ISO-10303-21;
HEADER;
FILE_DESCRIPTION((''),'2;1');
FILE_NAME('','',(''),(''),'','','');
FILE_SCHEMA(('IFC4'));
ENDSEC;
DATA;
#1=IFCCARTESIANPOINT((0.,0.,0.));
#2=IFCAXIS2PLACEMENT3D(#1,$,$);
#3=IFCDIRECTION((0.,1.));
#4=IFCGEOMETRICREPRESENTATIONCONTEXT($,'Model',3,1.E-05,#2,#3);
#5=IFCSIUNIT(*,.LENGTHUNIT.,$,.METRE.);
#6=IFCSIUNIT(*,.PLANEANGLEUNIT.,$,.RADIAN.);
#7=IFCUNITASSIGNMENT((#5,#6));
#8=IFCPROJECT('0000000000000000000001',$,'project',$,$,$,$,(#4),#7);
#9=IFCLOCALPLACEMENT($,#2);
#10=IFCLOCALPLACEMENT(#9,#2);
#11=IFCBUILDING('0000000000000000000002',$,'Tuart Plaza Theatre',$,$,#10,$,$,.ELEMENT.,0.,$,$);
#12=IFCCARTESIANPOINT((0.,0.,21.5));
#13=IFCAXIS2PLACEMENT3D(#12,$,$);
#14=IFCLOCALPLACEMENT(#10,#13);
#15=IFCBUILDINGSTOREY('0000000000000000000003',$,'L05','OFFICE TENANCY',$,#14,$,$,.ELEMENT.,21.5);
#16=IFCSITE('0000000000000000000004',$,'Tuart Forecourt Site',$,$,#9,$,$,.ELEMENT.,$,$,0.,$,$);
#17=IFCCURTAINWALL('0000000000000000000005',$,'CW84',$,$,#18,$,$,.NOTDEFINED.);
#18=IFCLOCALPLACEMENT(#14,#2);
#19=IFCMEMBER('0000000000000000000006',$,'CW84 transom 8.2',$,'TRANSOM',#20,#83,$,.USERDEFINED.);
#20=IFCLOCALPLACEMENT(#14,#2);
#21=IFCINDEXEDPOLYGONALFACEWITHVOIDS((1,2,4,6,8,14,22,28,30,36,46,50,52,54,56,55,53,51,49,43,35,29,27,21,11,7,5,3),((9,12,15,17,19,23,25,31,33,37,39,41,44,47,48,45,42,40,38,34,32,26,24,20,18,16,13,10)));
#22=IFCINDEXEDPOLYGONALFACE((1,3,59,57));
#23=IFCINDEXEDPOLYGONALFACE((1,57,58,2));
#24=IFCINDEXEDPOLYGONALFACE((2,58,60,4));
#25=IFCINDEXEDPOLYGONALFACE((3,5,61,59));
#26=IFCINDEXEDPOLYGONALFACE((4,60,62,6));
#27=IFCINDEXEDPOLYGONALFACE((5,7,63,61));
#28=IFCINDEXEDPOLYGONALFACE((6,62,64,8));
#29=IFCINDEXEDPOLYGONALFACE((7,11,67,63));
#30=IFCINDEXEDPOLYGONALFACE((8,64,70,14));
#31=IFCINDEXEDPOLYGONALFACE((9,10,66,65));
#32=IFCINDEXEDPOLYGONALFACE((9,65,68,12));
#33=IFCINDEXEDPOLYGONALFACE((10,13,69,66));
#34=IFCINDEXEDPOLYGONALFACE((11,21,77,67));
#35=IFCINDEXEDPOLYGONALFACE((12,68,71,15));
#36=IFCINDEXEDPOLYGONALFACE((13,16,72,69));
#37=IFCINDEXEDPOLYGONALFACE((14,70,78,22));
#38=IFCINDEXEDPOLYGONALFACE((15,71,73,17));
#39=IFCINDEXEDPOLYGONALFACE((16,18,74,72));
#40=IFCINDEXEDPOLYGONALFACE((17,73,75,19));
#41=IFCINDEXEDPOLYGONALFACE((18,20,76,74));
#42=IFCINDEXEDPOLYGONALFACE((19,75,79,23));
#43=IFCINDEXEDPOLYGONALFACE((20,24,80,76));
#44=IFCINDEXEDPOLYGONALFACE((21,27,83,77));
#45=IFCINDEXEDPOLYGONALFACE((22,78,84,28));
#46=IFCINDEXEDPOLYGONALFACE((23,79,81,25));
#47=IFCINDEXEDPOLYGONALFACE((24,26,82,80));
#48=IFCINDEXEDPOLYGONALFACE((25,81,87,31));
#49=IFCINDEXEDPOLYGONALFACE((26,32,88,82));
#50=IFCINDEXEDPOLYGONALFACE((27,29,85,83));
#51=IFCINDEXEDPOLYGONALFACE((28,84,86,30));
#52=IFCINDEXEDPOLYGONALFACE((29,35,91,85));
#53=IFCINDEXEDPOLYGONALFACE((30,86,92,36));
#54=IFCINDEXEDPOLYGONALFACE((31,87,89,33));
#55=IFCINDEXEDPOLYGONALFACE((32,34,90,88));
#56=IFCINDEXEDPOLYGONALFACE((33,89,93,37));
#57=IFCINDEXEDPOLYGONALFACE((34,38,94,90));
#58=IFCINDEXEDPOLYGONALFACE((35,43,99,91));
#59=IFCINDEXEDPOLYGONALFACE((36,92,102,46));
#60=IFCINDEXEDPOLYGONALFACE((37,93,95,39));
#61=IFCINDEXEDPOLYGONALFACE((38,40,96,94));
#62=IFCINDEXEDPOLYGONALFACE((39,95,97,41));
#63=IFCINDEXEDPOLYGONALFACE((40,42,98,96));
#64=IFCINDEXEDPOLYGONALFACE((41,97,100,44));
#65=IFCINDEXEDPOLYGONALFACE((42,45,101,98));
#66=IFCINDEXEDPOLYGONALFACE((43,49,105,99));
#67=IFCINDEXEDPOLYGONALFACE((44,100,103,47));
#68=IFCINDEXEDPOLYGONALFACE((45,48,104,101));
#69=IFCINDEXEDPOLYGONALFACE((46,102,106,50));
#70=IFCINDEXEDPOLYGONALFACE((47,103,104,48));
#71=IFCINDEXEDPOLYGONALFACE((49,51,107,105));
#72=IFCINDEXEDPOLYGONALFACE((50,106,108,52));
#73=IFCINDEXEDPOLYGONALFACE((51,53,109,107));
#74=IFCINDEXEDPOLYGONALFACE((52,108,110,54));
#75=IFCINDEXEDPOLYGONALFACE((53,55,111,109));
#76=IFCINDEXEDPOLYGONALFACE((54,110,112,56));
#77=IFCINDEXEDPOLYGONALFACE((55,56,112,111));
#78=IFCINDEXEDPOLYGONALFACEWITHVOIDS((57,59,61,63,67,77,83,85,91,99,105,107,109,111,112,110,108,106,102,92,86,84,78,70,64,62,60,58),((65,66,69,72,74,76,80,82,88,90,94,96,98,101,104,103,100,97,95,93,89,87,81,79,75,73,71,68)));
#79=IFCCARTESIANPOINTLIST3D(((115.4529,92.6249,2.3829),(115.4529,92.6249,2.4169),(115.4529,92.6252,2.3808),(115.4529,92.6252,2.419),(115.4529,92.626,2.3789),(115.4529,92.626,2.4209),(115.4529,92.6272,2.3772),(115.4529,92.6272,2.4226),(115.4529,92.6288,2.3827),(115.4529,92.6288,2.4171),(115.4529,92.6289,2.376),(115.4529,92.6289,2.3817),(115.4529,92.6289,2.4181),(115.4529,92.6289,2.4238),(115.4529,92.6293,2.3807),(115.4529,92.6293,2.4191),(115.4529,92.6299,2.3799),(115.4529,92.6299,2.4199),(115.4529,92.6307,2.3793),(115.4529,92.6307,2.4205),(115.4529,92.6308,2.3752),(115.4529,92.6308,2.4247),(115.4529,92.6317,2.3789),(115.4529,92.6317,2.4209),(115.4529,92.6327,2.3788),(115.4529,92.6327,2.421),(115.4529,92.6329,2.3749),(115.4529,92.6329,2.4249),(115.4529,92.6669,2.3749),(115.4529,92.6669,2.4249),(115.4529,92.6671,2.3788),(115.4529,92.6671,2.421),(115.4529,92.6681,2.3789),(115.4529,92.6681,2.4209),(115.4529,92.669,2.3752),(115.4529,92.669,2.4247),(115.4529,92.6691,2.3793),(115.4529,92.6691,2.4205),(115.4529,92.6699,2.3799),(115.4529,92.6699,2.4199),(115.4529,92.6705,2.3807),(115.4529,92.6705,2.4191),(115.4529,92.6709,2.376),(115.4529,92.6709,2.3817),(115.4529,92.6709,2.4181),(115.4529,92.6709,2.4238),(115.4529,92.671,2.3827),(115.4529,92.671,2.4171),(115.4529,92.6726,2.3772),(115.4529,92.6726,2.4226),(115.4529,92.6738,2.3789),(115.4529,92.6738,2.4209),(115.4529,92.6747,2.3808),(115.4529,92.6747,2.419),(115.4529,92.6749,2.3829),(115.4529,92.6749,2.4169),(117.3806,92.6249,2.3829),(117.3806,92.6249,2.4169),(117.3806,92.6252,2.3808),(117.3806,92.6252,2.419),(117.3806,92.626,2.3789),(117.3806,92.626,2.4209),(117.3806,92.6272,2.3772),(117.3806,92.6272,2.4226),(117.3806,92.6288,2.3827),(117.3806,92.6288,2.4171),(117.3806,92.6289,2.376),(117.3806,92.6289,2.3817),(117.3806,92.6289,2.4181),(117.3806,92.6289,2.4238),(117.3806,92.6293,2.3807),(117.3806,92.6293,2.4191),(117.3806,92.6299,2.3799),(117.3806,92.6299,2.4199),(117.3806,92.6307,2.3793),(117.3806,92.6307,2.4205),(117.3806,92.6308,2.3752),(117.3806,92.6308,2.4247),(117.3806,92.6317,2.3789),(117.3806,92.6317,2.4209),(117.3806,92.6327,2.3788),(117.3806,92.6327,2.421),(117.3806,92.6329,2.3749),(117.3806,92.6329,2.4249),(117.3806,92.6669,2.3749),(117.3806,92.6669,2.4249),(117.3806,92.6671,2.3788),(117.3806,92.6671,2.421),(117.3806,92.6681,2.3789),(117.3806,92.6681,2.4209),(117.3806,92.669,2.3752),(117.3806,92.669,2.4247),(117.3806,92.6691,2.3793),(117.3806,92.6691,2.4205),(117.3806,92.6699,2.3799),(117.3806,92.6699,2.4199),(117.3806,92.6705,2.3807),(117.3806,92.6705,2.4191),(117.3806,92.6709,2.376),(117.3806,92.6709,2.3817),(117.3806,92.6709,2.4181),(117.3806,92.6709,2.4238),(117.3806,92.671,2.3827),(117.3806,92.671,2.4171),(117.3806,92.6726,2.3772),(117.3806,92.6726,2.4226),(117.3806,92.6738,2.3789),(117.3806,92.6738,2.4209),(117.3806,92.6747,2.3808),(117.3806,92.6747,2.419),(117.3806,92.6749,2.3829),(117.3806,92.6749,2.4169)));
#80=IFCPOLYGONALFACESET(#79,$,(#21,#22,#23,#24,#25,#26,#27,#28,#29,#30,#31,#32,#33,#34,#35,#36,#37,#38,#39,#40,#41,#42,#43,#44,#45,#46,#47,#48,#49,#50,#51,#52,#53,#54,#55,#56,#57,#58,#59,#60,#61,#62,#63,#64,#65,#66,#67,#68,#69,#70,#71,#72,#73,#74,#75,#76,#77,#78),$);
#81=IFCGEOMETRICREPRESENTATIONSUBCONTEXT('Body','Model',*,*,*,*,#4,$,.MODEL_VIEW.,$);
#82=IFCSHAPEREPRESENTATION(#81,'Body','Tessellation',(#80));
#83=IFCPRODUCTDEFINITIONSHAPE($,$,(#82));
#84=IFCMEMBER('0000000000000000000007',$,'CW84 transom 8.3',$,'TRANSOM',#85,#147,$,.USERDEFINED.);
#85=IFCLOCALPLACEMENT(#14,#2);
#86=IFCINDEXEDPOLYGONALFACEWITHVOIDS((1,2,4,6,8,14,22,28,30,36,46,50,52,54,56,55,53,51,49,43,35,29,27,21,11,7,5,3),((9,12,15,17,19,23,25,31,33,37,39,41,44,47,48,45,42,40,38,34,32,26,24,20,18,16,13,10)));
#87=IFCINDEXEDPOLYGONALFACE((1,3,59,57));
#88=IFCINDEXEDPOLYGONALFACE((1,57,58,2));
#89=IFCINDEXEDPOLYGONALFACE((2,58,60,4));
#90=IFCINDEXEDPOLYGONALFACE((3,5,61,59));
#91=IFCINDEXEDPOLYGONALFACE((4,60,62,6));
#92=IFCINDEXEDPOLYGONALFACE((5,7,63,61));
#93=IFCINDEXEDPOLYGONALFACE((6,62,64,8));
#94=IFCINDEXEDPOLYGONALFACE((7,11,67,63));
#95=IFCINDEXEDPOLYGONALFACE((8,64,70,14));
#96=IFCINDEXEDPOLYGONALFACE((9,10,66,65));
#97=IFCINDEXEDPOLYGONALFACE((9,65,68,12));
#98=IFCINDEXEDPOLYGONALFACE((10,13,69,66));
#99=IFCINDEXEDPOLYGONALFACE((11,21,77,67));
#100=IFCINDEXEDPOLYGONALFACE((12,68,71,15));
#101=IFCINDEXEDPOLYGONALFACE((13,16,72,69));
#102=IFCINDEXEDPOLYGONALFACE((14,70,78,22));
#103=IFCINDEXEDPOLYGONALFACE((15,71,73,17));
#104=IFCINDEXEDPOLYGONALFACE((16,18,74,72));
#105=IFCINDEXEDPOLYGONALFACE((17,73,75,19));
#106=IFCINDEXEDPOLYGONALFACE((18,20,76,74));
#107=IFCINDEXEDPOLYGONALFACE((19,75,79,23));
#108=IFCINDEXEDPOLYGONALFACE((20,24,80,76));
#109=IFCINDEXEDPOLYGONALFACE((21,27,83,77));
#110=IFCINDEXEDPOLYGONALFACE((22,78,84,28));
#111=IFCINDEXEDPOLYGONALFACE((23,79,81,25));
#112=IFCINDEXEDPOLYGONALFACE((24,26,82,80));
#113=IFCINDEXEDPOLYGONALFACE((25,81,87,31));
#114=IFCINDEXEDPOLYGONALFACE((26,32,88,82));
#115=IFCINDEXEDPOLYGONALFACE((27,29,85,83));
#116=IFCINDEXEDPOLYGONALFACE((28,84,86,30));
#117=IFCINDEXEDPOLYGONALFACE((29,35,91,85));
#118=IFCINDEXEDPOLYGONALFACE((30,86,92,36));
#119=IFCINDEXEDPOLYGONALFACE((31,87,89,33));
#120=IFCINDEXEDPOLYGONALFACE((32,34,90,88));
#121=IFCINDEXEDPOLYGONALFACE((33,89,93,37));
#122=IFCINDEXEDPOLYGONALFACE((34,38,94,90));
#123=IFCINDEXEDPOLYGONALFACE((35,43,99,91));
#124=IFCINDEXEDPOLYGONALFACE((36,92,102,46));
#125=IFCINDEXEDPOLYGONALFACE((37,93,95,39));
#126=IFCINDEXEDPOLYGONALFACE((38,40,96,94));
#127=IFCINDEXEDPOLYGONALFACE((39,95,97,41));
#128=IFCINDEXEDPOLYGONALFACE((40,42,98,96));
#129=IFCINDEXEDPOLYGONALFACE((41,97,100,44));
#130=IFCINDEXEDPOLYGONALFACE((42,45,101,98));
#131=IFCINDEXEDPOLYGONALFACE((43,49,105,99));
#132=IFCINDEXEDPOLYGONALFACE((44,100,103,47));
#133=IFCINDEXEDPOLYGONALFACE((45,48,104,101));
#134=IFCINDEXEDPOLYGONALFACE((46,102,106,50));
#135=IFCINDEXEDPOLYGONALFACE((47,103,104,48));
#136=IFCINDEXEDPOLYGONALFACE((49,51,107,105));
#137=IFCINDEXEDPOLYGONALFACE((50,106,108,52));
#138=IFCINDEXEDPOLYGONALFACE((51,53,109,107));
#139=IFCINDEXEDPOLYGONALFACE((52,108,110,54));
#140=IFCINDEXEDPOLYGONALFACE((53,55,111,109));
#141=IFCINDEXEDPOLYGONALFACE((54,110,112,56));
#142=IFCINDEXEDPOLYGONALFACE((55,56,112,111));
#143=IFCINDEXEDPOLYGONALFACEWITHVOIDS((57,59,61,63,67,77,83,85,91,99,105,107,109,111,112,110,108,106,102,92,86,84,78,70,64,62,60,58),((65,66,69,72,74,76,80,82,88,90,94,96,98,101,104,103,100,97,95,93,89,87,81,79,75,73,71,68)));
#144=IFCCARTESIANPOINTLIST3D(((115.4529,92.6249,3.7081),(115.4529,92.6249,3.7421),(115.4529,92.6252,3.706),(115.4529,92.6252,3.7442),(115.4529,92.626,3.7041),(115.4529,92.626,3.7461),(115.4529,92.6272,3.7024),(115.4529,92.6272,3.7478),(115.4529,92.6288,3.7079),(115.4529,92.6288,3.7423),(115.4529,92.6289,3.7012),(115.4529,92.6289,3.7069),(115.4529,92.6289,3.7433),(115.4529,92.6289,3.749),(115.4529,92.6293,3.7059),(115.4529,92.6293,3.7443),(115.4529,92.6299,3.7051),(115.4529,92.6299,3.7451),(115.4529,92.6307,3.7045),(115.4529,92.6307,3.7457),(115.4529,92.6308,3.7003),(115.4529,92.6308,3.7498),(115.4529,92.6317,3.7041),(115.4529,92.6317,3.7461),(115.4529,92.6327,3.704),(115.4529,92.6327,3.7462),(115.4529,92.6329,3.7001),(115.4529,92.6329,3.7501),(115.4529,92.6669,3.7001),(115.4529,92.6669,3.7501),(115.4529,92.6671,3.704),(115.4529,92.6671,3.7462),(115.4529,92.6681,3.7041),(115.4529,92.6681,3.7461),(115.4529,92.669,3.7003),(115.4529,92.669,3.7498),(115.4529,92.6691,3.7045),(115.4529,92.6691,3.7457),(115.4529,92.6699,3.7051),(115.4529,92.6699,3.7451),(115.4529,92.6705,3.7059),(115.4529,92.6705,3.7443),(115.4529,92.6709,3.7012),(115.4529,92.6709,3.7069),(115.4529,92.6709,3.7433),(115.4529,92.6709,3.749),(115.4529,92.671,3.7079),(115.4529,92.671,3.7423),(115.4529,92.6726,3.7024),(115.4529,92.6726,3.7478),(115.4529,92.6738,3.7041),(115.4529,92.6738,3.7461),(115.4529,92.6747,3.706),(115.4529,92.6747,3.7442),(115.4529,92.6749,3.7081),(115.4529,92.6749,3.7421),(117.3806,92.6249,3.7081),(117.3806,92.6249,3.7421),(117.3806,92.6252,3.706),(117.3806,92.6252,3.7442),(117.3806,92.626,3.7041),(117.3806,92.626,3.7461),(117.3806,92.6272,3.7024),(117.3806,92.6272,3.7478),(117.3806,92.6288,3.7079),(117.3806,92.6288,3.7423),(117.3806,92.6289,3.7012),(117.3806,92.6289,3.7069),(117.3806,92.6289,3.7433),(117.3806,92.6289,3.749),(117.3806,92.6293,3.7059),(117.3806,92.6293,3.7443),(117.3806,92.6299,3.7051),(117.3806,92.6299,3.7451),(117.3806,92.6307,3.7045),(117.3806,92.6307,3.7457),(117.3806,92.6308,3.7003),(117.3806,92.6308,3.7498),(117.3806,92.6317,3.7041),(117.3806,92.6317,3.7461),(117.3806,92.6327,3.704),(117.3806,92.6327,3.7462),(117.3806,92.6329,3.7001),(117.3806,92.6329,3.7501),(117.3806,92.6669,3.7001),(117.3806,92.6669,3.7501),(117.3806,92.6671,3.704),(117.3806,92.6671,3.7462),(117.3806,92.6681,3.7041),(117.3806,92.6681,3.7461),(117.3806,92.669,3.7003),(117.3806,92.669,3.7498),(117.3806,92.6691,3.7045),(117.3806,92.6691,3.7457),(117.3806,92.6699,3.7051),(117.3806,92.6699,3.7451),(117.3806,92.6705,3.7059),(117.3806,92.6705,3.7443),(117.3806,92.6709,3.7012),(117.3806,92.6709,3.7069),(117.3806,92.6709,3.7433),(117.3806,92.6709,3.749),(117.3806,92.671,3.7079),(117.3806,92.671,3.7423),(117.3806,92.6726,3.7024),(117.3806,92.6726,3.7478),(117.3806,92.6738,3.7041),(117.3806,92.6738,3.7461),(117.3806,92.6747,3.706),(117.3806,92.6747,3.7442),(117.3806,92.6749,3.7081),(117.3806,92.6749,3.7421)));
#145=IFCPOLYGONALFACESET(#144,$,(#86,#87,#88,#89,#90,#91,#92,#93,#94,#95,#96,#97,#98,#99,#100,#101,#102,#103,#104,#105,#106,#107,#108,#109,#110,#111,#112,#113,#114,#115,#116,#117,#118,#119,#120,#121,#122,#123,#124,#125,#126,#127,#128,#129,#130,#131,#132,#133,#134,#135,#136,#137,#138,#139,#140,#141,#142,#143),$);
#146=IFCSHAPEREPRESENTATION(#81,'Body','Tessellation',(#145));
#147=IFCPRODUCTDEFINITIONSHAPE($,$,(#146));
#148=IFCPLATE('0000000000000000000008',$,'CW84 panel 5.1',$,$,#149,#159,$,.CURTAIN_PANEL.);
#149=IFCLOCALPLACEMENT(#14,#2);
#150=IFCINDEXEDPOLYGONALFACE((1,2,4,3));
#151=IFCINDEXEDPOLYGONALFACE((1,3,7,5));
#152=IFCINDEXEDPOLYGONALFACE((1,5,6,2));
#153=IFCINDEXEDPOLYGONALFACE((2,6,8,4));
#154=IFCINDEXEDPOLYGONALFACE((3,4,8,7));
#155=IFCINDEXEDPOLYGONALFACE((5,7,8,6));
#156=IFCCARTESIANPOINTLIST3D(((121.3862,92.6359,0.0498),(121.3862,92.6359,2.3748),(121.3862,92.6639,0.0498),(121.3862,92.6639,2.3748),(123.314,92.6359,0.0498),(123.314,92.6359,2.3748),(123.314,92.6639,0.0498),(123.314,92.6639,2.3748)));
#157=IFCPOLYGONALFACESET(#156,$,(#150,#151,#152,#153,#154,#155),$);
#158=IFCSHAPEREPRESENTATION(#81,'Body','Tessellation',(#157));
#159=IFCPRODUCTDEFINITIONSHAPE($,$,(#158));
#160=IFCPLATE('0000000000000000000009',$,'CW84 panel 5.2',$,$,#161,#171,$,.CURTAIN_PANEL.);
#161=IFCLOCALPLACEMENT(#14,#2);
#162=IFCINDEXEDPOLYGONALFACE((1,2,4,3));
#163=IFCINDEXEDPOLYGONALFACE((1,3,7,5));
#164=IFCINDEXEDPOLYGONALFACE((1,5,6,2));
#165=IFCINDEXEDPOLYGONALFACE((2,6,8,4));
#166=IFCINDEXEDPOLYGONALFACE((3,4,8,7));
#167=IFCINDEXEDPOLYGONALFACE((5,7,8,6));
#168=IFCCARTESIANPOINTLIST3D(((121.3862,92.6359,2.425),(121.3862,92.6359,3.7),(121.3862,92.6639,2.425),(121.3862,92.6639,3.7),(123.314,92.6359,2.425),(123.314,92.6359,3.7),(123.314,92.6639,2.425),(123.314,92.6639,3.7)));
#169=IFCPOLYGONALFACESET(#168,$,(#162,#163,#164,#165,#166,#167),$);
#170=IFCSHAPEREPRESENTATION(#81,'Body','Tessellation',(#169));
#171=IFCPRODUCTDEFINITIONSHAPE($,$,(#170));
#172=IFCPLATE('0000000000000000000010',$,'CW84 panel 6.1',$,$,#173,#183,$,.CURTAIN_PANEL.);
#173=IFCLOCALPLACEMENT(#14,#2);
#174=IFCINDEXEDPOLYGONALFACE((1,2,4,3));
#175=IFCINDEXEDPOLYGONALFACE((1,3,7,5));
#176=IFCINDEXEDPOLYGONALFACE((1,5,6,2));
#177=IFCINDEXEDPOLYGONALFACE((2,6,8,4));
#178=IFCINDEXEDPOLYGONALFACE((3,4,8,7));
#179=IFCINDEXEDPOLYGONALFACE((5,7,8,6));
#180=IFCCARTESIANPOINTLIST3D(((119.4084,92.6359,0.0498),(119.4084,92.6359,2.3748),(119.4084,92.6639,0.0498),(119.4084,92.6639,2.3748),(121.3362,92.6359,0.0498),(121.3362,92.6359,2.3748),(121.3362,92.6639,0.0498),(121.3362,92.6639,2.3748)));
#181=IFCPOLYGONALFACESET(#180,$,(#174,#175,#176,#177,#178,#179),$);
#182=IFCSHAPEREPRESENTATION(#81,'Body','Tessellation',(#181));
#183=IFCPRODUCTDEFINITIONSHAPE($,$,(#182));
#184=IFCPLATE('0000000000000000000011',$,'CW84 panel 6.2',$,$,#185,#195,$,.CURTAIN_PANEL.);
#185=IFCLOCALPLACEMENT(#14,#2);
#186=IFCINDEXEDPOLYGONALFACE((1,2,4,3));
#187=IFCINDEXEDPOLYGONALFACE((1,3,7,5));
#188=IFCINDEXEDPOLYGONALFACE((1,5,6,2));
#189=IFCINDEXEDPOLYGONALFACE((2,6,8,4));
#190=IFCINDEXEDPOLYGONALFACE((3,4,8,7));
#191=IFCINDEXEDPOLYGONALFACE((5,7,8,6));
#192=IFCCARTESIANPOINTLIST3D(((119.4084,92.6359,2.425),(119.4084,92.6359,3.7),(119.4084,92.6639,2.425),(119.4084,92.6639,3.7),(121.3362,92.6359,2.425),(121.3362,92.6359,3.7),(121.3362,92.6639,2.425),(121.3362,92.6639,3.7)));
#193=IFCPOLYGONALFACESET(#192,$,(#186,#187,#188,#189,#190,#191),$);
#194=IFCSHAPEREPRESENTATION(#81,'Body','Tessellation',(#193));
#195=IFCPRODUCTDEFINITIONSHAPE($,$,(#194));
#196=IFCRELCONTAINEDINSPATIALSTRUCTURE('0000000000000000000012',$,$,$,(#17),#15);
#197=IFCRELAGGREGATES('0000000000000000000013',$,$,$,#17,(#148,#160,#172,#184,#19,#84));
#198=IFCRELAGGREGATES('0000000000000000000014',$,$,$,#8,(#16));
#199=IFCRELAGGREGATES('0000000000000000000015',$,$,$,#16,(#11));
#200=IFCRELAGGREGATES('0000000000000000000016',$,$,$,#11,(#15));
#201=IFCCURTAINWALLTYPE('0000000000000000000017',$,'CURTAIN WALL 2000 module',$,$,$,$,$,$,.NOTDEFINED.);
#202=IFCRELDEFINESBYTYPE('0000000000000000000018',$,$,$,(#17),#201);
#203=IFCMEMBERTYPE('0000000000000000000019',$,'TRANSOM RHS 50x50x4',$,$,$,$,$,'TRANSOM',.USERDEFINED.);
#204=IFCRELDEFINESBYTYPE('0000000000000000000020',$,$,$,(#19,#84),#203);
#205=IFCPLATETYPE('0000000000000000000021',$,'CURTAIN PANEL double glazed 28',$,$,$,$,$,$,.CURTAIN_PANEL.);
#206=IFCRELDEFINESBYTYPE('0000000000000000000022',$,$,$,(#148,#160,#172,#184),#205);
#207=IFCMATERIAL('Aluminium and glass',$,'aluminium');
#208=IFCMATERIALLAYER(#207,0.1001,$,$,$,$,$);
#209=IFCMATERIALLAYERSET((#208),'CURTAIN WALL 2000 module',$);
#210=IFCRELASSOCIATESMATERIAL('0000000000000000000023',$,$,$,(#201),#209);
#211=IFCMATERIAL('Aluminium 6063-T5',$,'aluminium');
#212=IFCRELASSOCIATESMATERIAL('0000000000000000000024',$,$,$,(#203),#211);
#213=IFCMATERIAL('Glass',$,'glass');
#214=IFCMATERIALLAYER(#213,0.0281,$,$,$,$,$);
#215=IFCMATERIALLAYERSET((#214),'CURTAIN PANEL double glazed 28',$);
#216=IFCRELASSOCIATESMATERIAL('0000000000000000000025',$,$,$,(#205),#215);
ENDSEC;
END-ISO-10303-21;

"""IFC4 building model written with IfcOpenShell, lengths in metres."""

from ifc_helpers import new_model, si_unit, direction, frame, origin, origin_2d, place, context, subcontext, project, spatial, rectangle, hollow_rectangle, extrude, material, layer, layer_set, material_profile, profile_set, type_object, element, aggregate, save


model = new_model("IFC4")

# Units and contexts
model_context = context("Model", 3, precision=1e-05, world=origin(), true_north=direction((0.0, 1.0)))
body_context = subcontext(model_context, "Body", "Model", "MODEL_VIEW")
ifc_project = project(units=[si_unit("LENGTHUNIT", "METRE"), si_unit("PLANEANGLEUNIT", "RADIAN")], contexts=[model_context])

# Site, building, storey
site_placement = place(None, origin())
site = spatial("IfcSite", under=ifc_project, at=site_placement, Name="Tuart Forecourt Site", CompositionType="ELEMENT", RefElevation=0.0)
building_placement = place(site_placement, origin())
building = spatial("IfcBuilding", under=site, at=building_placement, Name="Tuart Plaza Theatre", CompositionType="ELEMENT", ElevationOfRefHeight=0.0)
storey_placement = place(building_placement, frame((0.0, 0.0, 21.5)))
storey = spatial("IfcBuildingStorey", under=building, at=storey_placement, Name="L05", Description="OFFICE TENANCY", CompositionType="ELEMENT", Elevation=21.5)

# Curtain wall, members, plates
ifc_material_1 = material(Name="Aluminium and glass", Category="aluminium")
ifc_layer_1 = layer(ifc_material_1, 0.1001)
ifc_layer_set_1 = layer_set([ifc_layer_1], Name="CURTAIN WALL 2000 module")
curtain_wall_type = type_object("IfcCurtainWallType", Name="CURTAIN WALL 2000 module", PredefinedType="NOTDEFINED", material=ifc_layer_set_1)
curtain_wall_placement = place(storey_placement, origin())
curtain_wall = element("IfcCurtainWall", 1, at=curtain_wall_placement, inside=storey, type_object=curtain_wall_type, Name="CW84", PredefinedType="NOTDEFINED")
ifc_material_2 = material(Name="Aluminium 6063-T5", Category="aluminium")
ifc_material_profile_1 = material_profile(ifc_material_2, hollow_rectangle(XDim=0.05, YDim=0.05, WallThickness=0.0039, InnerFilletRadius=0.0039, OuterFilletRadius=0.0081, at=origin_2d()), Name="RHS 50x50x4")
ifc_profile_set_1 = profile_set([ifc_material_profile_1], Name="Aluminium 6063-T5")
member_type_1 = type_object("IfcMemberType", Name="TRANSOM RHS 50x50x4", ElementType="TRANSOM", PredefinedType="USERDEFINED", material=ifc_profile_set_1)
member_1_placement = place(storey_placement, frame((117.3806, 92.6499, 2.3999), z_axis=(-1.0, 0.0, 0.0), x_axis=(0.0, -1.0, 0.0)))
member_1 = element("IfcMember", 2, at=member_1_placement, type_object=member_type_1, Name="CW84 transom 8.2", ObjectType="TRANSOM", PredefinedType="USERDEFINED", context=body_context, shape_type="SweptSolid", body=[
    extrude(hollow_rectangle(XDim=0.05, YDim=0.05, WallThickness=0.0039, InnerFilletRadius=0.0039, OuterFilletRadius=0.0081, at=origin_2d()), origin(), (0.0, 0.0, 1.0), 1.9277),
])
member_2_placement = place(storey_placement, frame((117.3806, 92.6499, 3.7251), z_axis=(-1.0, 0.0, 0.0), x_axis=(0.0, -1.0, 0.0)))
member_2 = element("IfcMember", 3, at=member_2_placement, type_object=member_type_1, Name="CW84 transom 8.3", ObjectType="TRANSOM", PredefinedType="USERDEFINED", context=body_context, shape_type="SweptSolid", body=[
    extrude(hollow_rectangle(XDim=0.05, YDim=0.05, WallThickness=0.0039, InnerFilletRadius=0.0039, OuterFilletRadius=0.0081, at=origin_2d()), origin(), (0.0, 0.0, 1.0), 1.9277),
])
ifc_material_3 = material(Name="Glass", Category="glass")
ifc_layer_2 = layer(ifc_material_3, 0.0281)
ifc_layer_set_2 = layer_set([ifc_layer_2], Name="CURTAIN PANEL double glazed 28")
plate_type = type_object("IfcPlateType", Name="CURTAIN PANEL double glazed 28", PredefinedType="CURTAIN_PANEL", material=ifc_layer_set_2)
plate_1_placement = place(storey_placement, frame((122.3501, 92.6499, 0.0498), z_axis=(0.0, 0.0, 1.0), x_axis=(-1.0, 0.0, 0.0)))
plate_1 = element("IfcPlate", 4, at=plate_1_placement, type_object=plate_type, Name="CW84 panel 5.1", PredefinedType="CURTAIN_PANEL", context=body_context, shape_type="SweptSolid", body=[
    extrude(rectangle(XDim=1.9277, YDim=0.0281, at=origin_2d()), origin(), (0.0, 0.0, 1.0), 2.325),
])
plate_2_placement = place(storey_placement, frame((122.3501, 92.6499, 2.425), z_axis=(0.0, 0.0, 1.0), x_axis=(-1.0, 0.0, 0.0)))
plate_2 = element("IfcPlate", 5, at=plate_2_placement, type_object=plate_type, Name="CW84 panel 5.2", PredefinedType="CURTAIN_PANEL", context=body_context, shape_type="SweptSolid", body=[
    extrude(rectangle(XDim=1.9277, YDim=0.0281, at=origin_2d()), origin(), (0.0, 0.0, 1.0), 1.2749),
])
plate_3_placement = place(storey_placement, frame((120.3723, 92.6499, 0.0498), z_axis=(0.0, 0.0, 1.0), x_axis=(-1.0, 0.0, 0.0)))
plate_3 = element("IfcPlate", 6, at=plate_3_placement, type_object=plate_type, Name="CW84 panel 6.1", PredefinedType="CURTAIN_PANEL", context=body_context, shape_type="SweptSolid", body=[
    extrude(rectangle(XDim=1.9277, YDim=0.0281, at=origin_2d()), origin(), (0.0, 0.0, 1.0), 2.325),
])
plate_4_placement = place(storey_placement, frame((120.3723, 92.6499, 2.425), z_axis=(0.0, 0.0, 1.0), x_axis=(-1.0, 0.0, 0.0)))
plate_4 = element("IfcPlate", 7, at=plate_4_placement, type_object=plate_type, Name="CW84 panel 6.2", PredefinedType="CURTAIN_PANEL", context=body_context, shape_type="SweptSolid", body=[
    extrude(rectangle(XDim=1.9277, YDim=0.0281, at=origin_2d()), origin(), (0.0, 0.0, 1.0), 1.2749),
])
aggregate(curtain_wall, [plate_1, plate_2, plate_3, plate_4, member_1, member_2])

save(model, "model.ifc")
